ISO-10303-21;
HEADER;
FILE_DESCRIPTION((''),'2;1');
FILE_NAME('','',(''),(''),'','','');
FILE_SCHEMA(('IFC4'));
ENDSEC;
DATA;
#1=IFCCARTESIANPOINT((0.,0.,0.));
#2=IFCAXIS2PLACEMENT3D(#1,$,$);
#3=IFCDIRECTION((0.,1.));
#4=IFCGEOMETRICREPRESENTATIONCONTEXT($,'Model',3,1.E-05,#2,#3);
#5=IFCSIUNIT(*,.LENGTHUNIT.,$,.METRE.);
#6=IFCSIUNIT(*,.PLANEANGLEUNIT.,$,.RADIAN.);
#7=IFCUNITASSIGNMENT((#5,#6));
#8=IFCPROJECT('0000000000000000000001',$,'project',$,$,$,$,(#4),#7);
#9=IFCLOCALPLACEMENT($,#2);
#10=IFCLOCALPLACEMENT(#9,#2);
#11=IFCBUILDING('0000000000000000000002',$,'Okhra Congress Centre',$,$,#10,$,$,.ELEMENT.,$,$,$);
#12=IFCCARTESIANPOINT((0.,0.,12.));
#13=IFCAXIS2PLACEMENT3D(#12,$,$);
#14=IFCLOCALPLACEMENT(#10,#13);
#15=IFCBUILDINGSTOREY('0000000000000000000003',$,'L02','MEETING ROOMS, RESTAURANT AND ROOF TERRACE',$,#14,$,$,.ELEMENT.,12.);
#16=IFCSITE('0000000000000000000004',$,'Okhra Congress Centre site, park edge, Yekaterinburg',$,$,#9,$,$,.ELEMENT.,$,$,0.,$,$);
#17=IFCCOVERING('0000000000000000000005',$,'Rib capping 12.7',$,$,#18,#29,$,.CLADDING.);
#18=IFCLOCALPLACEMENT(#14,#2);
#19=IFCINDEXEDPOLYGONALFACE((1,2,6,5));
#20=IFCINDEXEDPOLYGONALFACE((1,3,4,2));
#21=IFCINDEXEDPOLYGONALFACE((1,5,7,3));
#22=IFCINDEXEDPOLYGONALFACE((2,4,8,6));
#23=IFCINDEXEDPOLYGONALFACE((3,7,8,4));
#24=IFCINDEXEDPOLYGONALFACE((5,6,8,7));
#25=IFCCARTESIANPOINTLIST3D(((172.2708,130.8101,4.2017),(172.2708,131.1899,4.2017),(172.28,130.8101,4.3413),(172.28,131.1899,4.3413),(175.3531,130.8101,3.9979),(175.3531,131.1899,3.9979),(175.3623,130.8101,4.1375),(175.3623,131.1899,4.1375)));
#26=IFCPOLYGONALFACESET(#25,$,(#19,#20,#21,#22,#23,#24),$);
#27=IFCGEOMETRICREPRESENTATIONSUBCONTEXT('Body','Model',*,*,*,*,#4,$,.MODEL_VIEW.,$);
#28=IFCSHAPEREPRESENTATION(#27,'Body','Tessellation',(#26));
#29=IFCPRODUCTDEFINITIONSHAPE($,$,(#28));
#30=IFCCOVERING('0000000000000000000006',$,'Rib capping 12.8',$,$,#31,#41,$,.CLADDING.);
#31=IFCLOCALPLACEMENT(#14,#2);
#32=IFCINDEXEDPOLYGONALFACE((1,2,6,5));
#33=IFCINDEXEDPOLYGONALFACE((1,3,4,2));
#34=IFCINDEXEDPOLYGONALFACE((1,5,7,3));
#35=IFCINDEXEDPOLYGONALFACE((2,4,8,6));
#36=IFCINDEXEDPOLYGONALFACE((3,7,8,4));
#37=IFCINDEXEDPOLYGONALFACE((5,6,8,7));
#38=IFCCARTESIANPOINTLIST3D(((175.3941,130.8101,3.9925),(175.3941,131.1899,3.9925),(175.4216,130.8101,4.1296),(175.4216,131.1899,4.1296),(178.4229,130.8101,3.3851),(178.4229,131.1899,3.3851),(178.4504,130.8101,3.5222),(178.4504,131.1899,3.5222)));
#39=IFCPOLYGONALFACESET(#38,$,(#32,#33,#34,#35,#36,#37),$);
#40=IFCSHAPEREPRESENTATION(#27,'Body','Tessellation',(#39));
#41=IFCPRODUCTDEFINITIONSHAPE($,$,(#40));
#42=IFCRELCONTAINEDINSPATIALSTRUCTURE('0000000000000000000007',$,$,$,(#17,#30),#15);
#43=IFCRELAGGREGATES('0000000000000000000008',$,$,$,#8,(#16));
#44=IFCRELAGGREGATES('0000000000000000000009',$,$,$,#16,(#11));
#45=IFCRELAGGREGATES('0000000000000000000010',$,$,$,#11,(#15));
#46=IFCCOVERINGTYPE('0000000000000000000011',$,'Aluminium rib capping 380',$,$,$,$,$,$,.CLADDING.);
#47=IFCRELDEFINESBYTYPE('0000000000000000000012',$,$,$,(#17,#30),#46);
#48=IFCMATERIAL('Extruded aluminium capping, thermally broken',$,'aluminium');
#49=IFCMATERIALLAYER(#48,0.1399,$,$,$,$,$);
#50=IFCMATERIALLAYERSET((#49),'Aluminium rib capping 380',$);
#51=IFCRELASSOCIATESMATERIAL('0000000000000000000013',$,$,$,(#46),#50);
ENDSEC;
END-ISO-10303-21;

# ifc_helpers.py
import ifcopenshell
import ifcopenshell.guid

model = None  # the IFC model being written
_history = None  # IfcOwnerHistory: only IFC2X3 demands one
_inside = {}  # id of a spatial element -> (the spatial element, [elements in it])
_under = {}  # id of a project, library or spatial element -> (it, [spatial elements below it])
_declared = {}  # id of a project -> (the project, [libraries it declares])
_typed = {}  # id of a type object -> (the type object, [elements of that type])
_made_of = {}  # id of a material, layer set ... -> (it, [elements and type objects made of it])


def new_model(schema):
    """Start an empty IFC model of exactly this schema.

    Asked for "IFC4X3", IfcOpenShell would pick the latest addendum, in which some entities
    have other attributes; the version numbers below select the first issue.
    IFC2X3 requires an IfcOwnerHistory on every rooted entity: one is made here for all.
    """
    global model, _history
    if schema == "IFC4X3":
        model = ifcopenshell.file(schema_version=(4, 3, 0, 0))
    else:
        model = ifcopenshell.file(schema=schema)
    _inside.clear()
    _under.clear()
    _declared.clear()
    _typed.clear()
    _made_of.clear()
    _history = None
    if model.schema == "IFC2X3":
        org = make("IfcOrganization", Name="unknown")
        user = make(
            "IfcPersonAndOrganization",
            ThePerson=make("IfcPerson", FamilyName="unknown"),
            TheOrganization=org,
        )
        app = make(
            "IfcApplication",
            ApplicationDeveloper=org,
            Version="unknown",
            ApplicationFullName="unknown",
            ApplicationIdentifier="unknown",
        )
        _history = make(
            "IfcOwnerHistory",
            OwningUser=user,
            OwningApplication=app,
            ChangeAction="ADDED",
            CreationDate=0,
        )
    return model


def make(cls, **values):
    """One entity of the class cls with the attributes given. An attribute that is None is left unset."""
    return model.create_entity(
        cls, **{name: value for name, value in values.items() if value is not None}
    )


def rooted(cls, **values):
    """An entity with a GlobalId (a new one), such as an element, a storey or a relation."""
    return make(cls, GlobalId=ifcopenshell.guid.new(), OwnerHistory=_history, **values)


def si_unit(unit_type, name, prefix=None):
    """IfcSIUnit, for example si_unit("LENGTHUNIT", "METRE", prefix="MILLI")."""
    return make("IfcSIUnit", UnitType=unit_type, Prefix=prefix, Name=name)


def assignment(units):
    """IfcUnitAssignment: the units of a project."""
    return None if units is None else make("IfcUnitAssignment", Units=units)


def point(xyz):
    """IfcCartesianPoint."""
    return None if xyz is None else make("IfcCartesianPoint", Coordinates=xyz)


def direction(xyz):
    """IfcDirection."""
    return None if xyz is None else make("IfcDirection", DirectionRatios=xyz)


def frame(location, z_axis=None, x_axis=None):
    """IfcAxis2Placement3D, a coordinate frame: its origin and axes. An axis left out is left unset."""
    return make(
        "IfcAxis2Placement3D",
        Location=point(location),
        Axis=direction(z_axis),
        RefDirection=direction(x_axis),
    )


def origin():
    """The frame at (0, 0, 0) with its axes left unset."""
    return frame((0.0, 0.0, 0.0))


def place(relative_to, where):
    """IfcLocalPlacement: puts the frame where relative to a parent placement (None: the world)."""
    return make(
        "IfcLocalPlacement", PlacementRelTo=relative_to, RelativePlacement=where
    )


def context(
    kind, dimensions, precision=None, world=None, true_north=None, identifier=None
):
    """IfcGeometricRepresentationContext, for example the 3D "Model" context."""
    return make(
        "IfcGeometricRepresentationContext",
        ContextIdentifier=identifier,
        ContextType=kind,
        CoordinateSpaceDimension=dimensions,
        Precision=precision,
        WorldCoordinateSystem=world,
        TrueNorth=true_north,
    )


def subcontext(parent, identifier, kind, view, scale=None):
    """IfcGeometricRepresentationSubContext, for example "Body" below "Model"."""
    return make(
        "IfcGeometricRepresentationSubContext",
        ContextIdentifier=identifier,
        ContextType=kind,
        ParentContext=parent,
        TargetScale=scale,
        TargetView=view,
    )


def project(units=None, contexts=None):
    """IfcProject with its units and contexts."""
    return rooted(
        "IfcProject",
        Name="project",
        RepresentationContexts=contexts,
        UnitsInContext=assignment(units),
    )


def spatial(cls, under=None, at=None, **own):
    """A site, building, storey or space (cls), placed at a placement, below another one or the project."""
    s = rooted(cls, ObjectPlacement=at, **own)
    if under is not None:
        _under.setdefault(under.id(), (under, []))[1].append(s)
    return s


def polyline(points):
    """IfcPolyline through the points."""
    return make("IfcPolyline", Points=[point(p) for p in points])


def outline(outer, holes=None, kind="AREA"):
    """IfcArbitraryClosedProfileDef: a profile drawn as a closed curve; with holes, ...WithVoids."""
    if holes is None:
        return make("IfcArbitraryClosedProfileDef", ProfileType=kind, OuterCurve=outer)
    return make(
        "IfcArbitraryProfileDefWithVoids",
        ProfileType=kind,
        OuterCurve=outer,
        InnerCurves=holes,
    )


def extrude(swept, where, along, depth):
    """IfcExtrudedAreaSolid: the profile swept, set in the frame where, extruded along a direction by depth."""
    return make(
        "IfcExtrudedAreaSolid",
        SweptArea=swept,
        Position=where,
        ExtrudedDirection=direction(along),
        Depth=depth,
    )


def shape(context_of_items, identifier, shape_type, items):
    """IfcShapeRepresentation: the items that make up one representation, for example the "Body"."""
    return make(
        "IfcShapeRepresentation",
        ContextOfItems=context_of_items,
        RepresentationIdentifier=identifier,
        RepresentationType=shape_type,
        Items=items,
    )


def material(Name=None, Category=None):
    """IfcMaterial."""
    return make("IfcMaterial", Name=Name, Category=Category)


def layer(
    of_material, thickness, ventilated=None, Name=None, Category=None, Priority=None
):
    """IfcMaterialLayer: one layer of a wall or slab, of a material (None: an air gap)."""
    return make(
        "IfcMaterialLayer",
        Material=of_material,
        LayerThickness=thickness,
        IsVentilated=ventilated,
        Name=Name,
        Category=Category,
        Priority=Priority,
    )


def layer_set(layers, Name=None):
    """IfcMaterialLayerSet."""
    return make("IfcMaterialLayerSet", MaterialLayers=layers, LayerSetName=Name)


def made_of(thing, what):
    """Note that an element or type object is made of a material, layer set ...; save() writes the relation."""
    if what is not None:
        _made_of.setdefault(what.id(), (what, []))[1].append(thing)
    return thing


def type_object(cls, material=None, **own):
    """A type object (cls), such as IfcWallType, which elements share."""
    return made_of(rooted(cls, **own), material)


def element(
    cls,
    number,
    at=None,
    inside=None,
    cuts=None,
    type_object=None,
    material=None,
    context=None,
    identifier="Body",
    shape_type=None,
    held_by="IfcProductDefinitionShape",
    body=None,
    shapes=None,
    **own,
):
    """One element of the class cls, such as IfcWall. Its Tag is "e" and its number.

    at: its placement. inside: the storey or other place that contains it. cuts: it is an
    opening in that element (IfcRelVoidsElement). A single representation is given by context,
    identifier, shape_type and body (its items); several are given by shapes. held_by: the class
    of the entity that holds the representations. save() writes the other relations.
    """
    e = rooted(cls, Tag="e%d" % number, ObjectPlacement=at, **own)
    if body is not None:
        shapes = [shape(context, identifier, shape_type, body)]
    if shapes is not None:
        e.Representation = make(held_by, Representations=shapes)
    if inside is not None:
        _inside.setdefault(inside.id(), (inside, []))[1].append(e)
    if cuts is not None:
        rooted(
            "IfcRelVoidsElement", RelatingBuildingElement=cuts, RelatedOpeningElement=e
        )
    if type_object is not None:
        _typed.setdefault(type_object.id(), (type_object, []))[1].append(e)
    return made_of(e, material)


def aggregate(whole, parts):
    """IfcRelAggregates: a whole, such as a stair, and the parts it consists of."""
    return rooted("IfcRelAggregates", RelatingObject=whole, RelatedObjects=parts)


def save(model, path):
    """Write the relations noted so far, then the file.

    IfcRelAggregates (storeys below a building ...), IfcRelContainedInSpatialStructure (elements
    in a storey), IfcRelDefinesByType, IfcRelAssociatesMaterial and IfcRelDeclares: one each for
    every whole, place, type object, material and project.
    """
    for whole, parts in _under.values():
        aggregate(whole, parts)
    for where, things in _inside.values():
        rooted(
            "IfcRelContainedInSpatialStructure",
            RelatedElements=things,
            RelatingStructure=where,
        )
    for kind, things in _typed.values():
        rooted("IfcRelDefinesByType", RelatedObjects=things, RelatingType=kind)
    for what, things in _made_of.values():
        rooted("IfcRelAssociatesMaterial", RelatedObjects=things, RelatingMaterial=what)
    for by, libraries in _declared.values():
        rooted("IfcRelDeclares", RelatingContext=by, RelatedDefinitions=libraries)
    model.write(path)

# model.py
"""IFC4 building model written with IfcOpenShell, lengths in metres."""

from ifc_helpers import new_model, si_unit, direction, frame, origin, place, context, subcontext, project, spatial, polyline, outline, extrude, material, layer, layer_set, type_object, element, save


model = new_model("IFC4")

# Units and contexts
model_context = context("Model", 3, precision=1e-05, world=origin(), true_north=direction((0.0, 1.0)))
body_context = subcontext(model_context, "Body", "Model", "MODEL_VIEW")
ifc_project = project(units=[si_unit("LENGTHUNIT", "METRE"), si_unit("PLANEANGLEUNIT", "RADIAN")], contexts=[model_context])

# Site, building, storey
site_placement = place(None, origin())
site = spatial("IfcSite", under=ifc_project, at=site_placement, Name="Okhra Congress Centre site, park edge, Yekaterinburg", CompositionType="ELEMENT", RefElevation=0.0)
building_placement = place(site_placement, origin())
building = spatial("IfcBuilding", under=site, at=building_placement, Name="Okhra Congress Centre", CompositionType="ELEMENT")
storey_placement = place(building_placement, frame((0.0, 0.0, 12.0)))
storey = spatial("IfcBuildingStorey", under=building, at=storey_placement, Name="L02", Description="MEETING ROOMS, RESTAURANT AND ROOF TERRACE", CompositionType="ELEMENT", Elevation=12.0)

# Coverings
ifc_material_1 = material(Name="Extruded aluminium capping, thermally broken", Category="aluminium")
ifc_layer = layer(ifc_material_1, 0.1399)
ifc_layer_set = layer_set([ifc_layer], Name="Aluminium rib capping 380")
covering_type = type_object("IfcCoveringType", Name="Aluminium rib capping 380", PredefinedType="CLADDING", material=ifc_layer_set)
for number, where, z_axis, x_axis, name in (
    (1, (172.28, 130.8101, 4.3413), (0.065994, 0.0, 0.99782), (0.99782, 0.0, -0.065994), "Rib capping 12.7"),
):
    element("IfcCovering", number, at=place(storey_placement, frame(where, z_axis=z_axis, x_axis=x_axis)), inside=storey, type_object=covering_type, Name=name, PredefinedType="CLADDING", context=body_context, shape_type="SweptSolid", body=[
        extrude(outline(polyline([(0.0, 0.0), (3.089, 0.0), (3.089, 0.3799), (0.0, 0.3799), (0.0, 0.0)])), origin(), (0.0, 0.0, -1.0), 0.1399),
    ])
covering_1_placement = place(storey_placement, frame((175.4216, 130.8101, 4.1296), z_axis=(0.196633, 0.0, 0.980477), x_axis=(0.980477, 0.0, -0.196633)))
element("IfcCovering", 2, at=covering_1_placement, inside=storey, type_object=covering_type, Name="Rib capping 12.8", PredefinedType="CLADDING", context=body_context, shape_type="SweptSolid", body=[
    extrude(outline(polyline([(0.0, 0.0), (3.0891, 0.0), (3.0891, 0.3799), (0.0, 0.3799), (0.0, 0.0)])), origin(), (0.0, 0.0, -1.0), 0.1399),
])

save(model, "model.ifc")
